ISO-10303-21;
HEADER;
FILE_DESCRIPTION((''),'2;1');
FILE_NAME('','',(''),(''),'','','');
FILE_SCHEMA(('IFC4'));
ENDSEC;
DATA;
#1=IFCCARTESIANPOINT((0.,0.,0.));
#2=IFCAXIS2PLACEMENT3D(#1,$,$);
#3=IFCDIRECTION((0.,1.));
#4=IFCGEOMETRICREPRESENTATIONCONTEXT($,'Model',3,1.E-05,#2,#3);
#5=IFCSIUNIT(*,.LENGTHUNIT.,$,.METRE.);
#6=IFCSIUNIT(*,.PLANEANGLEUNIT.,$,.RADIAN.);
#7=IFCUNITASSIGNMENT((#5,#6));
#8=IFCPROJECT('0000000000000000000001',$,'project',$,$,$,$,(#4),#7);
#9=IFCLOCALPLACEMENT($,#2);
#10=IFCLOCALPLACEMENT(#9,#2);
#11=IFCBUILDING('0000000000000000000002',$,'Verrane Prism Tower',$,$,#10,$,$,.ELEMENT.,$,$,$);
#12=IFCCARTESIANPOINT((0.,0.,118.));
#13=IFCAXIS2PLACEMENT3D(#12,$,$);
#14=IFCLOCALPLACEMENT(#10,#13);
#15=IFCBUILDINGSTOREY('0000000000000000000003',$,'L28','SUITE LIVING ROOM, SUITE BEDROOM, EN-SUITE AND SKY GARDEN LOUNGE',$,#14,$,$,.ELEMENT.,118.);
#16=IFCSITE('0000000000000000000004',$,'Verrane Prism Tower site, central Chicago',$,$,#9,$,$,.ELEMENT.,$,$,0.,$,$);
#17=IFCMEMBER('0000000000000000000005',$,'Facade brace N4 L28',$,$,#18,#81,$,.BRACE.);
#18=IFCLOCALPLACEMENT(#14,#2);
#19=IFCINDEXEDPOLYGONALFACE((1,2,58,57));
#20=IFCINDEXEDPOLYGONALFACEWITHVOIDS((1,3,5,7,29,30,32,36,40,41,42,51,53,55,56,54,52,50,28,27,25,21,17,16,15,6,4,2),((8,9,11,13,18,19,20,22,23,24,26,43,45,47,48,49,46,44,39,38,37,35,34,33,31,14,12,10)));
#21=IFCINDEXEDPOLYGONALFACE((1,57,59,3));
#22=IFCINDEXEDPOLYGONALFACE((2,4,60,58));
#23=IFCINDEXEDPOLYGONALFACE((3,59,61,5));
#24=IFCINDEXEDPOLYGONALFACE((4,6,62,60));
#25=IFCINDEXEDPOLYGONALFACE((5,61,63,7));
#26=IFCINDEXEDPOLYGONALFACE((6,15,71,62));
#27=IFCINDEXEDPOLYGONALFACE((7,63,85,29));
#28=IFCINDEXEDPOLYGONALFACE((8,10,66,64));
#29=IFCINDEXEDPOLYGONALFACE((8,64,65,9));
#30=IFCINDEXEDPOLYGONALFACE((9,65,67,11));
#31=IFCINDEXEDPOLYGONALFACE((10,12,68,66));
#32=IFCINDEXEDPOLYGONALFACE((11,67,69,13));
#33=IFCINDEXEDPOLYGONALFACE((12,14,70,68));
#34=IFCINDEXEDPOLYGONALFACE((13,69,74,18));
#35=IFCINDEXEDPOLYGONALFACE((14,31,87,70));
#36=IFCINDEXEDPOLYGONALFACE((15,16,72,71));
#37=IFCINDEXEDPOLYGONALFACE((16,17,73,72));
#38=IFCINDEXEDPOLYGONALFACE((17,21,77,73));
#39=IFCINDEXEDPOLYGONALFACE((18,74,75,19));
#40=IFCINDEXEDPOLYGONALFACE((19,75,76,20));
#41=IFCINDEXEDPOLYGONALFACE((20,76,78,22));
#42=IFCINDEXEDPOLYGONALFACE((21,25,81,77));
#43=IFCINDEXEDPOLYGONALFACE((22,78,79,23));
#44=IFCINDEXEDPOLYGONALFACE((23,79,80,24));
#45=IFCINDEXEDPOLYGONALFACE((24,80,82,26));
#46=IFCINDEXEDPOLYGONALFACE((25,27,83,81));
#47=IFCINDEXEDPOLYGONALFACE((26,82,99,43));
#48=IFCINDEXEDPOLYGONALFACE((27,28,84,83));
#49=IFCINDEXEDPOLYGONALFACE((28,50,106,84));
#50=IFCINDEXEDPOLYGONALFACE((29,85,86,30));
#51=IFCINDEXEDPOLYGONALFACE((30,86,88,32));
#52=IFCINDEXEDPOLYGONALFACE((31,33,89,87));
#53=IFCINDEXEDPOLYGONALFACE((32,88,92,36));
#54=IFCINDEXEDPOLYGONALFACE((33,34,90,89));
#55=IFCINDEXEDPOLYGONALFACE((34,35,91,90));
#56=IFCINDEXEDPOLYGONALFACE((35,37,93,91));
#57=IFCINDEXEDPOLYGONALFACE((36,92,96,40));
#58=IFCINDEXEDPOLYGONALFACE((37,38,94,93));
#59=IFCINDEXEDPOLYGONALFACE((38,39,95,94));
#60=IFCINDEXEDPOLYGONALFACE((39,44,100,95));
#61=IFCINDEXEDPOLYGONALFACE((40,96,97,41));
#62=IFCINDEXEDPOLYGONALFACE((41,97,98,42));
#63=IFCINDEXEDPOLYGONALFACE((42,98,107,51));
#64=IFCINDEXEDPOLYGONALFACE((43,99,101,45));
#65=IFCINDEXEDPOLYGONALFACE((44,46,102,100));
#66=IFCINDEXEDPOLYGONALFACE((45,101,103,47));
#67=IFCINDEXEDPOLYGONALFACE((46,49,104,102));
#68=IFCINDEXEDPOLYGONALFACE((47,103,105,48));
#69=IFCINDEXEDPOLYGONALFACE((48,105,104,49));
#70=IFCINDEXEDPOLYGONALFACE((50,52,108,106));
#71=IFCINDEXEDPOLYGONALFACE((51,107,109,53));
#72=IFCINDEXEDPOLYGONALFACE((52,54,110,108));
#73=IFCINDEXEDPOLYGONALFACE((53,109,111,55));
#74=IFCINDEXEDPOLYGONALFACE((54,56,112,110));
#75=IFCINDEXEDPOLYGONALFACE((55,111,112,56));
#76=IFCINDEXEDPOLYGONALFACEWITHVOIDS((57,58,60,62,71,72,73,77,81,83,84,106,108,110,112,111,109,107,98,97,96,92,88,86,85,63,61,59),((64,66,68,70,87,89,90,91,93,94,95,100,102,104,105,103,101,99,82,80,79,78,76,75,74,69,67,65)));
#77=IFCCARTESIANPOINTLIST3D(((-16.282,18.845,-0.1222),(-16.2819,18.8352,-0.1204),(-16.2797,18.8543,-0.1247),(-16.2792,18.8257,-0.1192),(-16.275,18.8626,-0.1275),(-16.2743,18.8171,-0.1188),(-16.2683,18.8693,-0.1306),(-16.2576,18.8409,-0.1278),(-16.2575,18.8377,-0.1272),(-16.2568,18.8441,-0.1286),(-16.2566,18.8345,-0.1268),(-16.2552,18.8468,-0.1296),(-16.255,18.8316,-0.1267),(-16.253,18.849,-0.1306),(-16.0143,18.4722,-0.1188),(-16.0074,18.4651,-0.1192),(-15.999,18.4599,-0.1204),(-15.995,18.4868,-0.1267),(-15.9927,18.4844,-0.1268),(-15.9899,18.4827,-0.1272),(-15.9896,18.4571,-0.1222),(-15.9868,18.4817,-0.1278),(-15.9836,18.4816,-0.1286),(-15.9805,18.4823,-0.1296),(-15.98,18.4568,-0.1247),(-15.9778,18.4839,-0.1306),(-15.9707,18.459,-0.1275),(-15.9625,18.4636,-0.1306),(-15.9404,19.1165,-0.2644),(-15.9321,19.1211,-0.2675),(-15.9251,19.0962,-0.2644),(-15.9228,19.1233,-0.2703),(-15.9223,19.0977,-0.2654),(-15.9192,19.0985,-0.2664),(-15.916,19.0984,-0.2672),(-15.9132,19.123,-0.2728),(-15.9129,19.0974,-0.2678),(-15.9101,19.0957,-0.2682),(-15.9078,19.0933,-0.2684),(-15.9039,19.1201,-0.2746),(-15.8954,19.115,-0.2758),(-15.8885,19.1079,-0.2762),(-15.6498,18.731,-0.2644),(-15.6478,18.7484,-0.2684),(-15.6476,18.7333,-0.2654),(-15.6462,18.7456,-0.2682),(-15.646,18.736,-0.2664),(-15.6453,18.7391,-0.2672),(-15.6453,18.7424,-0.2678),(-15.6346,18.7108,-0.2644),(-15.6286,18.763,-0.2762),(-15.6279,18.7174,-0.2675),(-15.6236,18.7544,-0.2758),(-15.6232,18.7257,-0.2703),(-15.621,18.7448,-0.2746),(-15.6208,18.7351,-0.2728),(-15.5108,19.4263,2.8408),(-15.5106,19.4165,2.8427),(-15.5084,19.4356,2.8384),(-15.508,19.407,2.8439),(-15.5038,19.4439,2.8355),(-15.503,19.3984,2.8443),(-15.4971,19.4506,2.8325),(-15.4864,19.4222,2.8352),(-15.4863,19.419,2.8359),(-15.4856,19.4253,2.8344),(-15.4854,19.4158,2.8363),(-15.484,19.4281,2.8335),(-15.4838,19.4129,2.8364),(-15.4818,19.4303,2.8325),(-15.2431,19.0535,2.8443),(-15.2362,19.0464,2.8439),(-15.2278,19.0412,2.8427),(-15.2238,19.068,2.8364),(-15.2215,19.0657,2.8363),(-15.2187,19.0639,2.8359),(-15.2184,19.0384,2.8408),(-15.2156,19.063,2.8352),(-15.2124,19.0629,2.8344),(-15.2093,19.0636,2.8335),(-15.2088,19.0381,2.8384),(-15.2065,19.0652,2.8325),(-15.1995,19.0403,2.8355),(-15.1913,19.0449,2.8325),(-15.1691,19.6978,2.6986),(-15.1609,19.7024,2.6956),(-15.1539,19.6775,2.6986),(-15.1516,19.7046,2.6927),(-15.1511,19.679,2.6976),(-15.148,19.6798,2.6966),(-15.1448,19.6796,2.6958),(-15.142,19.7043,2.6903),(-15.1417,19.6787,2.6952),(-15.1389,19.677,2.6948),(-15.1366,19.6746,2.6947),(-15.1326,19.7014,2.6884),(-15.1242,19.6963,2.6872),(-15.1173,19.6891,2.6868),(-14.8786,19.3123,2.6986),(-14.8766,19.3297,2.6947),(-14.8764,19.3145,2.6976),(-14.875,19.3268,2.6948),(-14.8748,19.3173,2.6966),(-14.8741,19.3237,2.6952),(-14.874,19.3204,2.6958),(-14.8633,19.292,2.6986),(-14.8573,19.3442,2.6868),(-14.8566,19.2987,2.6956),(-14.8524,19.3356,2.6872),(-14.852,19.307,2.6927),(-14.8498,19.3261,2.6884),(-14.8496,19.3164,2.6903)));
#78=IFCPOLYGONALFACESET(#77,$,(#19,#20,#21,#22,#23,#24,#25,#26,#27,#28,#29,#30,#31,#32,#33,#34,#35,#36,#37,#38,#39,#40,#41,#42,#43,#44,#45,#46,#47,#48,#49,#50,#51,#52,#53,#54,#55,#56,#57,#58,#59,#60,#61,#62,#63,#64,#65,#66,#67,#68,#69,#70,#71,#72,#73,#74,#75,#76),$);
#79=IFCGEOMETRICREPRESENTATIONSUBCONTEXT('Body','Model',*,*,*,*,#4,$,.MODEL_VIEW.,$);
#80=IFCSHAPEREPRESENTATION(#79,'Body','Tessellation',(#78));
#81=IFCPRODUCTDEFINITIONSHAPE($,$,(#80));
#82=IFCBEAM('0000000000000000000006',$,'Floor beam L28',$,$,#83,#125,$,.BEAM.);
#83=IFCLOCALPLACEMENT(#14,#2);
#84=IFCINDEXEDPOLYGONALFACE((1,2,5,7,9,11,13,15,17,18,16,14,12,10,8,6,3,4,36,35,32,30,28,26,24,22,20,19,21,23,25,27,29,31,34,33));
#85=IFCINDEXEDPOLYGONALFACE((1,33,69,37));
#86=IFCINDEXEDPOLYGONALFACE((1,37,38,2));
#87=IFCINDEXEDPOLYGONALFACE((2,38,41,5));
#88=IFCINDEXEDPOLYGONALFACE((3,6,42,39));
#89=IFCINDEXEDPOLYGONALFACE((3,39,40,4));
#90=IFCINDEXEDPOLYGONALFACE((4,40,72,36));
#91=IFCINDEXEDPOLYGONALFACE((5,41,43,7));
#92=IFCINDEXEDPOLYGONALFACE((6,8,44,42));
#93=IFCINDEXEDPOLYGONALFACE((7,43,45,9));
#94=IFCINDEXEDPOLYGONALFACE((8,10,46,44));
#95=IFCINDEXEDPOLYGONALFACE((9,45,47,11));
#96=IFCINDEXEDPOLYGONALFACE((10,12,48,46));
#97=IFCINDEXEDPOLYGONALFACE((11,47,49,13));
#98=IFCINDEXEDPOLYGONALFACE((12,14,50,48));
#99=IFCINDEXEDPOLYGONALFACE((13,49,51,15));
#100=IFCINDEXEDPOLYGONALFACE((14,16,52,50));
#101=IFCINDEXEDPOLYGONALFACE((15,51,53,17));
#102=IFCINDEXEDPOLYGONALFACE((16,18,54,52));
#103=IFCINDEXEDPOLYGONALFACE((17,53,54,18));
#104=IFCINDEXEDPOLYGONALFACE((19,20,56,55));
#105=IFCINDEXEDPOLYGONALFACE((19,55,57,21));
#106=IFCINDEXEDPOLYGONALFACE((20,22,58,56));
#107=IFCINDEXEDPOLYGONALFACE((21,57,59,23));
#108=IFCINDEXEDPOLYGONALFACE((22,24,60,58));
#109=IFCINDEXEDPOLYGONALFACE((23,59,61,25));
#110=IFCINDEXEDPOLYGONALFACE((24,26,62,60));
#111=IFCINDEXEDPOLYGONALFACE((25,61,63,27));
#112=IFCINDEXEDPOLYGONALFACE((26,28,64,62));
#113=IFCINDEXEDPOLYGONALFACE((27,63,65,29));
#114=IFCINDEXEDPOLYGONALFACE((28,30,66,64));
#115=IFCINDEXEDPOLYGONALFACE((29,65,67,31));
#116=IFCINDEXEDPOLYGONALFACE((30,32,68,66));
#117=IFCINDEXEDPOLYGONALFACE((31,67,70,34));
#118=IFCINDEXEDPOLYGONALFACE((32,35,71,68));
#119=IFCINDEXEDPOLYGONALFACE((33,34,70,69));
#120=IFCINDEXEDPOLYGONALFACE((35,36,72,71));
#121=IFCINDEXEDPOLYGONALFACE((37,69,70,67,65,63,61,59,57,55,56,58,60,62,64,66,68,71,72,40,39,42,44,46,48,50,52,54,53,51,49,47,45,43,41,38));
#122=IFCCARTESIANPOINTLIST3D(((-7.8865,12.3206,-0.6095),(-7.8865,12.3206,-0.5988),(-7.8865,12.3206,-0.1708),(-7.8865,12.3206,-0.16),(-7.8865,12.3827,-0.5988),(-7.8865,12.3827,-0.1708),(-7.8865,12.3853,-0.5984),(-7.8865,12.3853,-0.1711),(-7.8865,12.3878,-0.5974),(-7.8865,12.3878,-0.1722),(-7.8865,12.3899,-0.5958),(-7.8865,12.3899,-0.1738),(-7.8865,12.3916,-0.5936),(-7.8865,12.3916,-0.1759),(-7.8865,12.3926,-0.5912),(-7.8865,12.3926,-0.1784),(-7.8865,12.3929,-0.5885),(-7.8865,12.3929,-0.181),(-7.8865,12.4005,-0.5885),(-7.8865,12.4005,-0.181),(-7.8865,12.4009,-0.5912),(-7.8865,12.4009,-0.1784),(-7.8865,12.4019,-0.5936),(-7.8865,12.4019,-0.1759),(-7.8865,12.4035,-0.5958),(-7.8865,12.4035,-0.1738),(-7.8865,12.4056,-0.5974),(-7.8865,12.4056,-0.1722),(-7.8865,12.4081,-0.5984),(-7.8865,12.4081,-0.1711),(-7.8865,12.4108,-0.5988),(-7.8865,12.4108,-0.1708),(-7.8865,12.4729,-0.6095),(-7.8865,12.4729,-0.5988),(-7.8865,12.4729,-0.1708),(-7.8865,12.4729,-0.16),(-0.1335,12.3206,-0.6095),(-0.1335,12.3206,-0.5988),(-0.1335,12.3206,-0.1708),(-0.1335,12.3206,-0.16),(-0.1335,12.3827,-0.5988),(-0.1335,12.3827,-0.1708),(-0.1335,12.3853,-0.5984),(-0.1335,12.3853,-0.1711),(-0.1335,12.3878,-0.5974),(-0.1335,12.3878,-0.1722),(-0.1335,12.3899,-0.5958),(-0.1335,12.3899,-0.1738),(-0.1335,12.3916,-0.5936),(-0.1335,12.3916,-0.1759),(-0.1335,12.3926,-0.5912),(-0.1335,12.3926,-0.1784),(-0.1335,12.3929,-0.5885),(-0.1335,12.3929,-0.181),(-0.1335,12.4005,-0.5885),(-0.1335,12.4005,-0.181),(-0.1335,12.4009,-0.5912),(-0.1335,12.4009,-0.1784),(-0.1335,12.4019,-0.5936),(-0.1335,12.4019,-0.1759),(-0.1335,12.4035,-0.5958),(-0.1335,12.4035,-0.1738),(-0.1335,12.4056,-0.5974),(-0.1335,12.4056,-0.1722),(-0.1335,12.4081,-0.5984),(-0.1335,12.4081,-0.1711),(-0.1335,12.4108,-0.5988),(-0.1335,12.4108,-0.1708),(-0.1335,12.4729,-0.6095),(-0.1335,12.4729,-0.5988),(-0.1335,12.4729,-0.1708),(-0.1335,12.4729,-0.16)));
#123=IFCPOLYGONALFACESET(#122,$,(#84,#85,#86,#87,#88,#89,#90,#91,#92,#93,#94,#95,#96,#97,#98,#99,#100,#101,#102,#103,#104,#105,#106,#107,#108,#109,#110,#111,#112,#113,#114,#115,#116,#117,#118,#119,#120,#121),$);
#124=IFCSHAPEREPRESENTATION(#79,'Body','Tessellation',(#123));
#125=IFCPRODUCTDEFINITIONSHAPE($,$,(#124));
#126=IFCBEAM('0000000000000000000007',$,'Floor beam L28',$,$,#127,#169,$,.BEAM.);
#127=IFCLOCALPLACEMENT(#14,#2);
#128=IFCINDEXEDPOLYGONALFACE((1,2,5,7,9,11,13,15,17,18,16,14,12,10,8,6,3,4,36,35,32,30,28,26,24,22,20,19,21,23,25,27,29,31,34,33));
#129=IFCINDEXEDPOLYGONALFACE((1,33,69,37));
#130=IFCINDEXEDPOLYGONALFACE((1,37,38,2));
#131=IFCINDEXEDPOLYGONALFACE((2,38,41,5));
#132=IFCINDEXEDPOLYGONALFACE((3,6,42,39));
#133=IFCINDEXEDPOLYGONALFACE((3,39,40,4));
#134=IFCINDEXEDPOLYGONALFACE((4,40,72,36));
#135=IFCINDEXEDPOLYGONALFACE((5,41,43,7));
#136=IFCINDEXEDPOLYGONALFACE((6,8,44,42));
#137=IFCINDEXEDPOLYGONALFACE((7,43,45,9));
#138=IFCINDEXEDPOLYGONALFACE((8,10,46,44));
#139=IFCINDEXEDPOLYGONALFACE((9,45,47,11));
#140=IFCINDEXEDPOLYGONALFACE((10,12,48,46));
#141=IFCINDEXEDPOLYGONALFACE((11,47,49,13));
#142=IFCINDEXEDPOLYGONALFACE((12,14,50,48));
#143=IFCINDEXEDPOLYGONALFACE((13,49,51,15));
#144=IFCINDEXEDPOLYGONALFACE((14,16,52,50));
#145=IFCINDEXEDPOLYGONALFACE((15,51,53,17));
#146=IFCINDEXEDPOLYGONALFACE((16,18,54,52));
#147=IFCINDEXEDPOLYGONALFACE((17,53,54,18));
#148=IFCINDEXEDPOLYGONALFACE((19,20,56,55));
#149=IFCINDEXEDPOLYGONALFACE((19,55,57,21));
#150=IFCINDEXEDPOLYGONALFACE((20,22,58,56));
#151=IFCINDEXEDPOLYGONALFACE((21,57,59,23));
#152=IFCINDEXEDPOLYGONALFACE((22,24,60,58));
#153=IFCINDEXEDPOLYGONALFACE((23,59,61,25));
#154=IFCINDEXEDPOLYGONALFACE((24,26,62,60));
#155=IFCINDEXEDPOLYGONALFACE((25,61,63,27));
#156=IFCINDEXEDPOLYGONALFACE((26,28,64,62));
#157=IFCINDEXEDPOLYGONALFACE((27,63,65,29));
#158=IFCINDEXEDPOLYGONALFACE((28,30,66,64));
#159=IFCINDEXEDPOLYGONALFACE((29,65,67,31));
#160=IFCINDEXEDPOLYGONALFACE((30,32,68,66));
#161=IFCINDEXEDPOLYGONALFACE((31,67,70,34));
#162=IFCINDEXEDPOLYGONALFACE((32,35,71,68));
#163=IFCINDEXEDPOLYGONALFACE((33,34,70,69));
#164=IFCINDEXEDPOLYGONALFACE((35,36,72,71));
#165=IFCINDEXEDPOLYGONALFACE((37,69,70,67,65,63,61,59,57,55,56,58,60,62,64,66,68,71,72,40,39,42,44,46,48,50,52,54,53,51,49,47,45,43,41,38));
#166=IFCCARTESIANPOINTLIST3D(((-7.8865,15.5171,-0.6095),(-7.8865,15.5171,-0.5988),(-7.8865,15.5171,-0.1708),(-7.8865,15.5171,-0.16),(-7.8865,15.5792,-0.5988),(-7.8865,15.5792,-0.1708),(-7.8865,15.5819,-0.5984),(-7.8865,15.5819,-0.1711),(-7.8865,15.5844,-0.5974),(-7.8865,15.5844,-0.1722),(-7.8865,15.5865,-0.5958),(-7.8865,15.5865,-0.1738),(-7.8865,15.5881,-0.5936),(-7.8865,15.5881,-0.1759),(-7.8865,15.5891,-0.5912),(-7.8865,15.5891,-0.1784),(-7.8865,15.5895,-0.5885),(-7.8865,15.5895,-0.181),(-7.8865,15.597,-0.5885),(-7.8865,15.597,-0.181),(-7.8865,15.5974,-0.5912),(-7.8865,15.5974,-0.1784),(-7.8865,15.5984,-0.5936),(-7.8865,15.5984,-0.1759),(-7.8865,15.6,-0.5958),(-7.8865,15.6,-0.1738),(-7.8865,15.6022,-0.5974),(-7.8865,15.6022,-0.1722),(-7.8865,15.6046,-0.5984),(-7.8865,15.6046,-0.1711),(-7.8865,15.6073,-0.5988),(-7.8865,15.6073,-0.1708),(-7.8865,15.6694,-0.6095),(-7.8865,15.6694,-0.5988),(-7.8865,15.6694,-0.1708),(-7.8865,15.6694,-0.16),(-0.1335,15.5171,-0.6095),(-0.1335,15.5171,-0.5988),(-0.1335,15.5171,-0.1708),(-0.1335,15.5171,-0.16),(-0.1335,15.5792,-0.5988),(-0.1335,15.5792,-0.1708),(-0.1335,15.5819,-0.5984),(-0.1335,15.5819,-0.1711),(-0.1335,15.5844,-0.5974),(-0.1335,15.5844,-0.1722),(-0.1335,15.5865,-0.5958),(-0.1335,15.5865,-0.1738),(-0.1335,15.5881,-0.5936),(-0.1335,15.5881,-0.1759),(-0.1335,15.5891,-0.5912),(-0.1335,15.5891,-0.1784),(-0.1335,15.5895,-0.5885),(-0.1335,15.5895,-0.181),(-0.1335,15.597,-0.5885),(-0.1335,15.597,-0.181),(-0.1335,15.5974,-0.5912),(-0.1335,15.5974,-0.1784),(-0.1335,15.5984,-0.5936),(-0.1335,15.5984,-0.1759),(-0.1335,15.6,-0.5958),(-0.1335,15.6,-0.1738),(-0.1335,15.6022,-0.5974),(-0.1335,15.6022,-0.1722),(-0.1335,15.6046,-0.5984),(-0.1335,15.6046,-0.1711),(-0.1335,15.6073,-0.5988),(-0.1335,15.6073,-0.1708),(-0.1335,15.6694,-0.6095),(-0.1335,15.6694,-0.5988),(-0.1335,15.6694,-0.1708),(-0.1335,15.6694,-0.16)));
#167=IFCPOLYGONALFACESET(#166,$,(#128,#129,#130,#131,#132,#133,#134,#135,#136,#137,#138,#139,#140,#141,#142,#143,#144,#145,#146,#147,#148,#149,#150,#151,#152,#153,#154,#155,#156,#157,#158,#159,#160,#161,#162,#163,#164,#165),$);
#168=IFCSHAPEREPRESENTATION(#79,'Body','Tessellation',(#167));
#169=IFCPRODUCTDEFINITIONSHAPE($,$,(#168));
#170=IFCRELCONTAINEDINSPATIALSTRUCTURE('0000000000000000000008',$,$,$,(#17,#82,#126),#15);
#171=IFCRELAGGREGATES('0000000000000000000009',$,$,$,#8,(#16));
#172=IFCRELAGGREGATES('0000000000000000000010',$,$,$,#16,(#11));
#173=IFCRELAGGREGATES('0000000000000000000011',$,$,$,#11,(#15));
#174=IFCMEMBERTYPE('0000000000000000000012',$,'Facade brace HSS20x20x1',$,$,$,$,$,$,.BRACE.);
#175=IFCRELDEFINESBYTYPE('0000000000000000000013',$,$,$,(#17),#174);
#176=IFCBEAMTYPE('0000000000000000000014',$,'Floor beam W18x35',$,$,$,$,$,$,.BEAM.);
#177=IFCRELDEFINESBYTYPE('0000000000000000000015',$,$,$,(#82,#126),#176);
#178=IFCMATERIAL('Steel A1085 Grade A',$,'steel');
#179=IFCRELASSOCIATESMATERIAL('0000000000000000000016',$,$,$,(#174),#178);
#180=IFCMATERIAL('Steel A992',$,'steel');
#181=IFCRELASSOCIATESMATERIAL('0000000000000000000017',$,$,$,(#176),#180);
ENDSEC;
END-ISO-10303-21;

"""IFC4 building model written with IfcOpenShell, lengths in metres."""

from ifc_helpers import new_model, si_unit, direction, frame, origin, origin_2d, place, context, subcontext, project, spatial, hollow_rectangle, i_section, extrude, material, material_profile, profile_set, type_object, element, save


model = new_model("IFC4")

# Units and contexts
model_context = context("Model", 3, precision=1e-05, world=origin(), true_north=direction((0.0, 1.0)))
body_context = subcontext(model_context, "Body", "Model", "MODEL_VIEW")
ifc_project = project(units=[si_unit("LENGTHUNIT", "METRE"), si_unit("PLANEANGLEUNIT", "RADIAN")], contexts=[model_context])

# Site, building, storey
site_placement = place(None, origin())
site = spatial("IfcSite", under=ifc_project, at=site_placement, Name="Verrane Prism Tower site, central Chicago", CompositionType="ELEMENT", RefElevation=0.0)
building_placement = place(site_placement, origin())
building = spatial("IfcBuilding", under=site, at=building_placement, Name="Verrane Prism Tower", CompositionType="ELEMENT")
storey_placement = place(building_placement, frame((0.0, 0.0, 118.0)))
storey = spatial("IfcBuildingStorey", under=building, at=storey_placement, Name="L28", Description="SUITE LIVING ROOM, SUITE BEDROOM, EN-SUITE AND SKY GARDEN LOUNGE", CompositionType="ELEMENT", Elevation=118.0)

# Member
ifc_material_1 = material(Name="Steel A1085 Grade A", Category="steel")
ifc_material_profile_1 = material_profile(ifc_material_1, hollow_rectangle(XDim=0.5081, YDim=0.5081, WallThickness=0.0254, InnerFilletRadius=0.0127, OuterFilletRadius=0.0381, at=origin_2d()), Name="HSS20x20x1")
ifc_profile_set_1 = profile_set([ifc_material_profile_1], Name="Steel A1085 Grade A")
member_type_1 = type_object("IfcMemberType", Name="Facade brace HSS20x20x1", PredefinedType="BRACE", material=ifc_profile_set_1)
member_1_placement = place(storey_placement, frame((-15.9514, 18.79, -0.1975), z_axis=(0.247466, 0.18652, 0.950774), x_axis=(-0.601899, 0.798572, 0.0)))
element("IfcMember", 1, at=member_1_placement, inside=storey, type_object=member_type_1, Name="Facade brace N4 L28", PredefinedType="BRACE", context=body_context, shape_type="SweptSolid", body=[
    extrude(hollow_rectangle(XDim=0.5081, YDim=0.5081, WallThickness=0.0254, InnerFilletRadius=0.0127, OuterFilletRadius=0.0381, at=origin_2d()), origin(), (0.0, 0.0, 1.0), 3.1165),
])

# Beams
ifc_material_2 = material(Name="Steel A992", Category="steel")
ifc_material_profile_2 = material_profile(ifc_material_2, i_section(OverallWidth=0.1523, OverallDepth=0.4495, WebThickness=0.0076, FlangeThickness=0.0107, FilletRadius=0.0103, at=origin_2d()), Name="W18x35")
ifc_profile_set_2 = profile_set([ifc_material_profile_2], Name="Steel A992")
beam_type_1 = type_object("IfcBeamType", Name="Floor beam W18x35", PredefinedType="BEAM", material=ifc_profile_set_2)
for number, where, z_axis, x_axis, name in (
    (2, (-7.8865, 12.3967, -0.3848), (1.0, 0.0, 0.0), (0.0, 1.0, 0.0), "Floor beam L28"),
    (3, (-7.8865, 15.5933, -0.3848), (1.0, 0.0, 0.0), (0.0, 1.0, 0.0), "Floor beam L28"),
):
    element("IfcBeam", number, at=place(storey_placement, frame(where, z_axis=z_axis, x_axis=x_axis)), inside=storey, type_object=beam_type_1, Name=name, PredefinedType="BEAM", context=body_context, shape_type="SweptSolid", body=[
        extrude(i_section(OverallWidth=0.1523, OverallDepth=0.4495, WebThickness=0.0076, FlangeThickness=0.0107, FilletRadius=0.0103, at=origin_2d()), origin(), (0.0, 0.0, 1.0), 7.7529),
    ])

save(model, "model.ifc")
